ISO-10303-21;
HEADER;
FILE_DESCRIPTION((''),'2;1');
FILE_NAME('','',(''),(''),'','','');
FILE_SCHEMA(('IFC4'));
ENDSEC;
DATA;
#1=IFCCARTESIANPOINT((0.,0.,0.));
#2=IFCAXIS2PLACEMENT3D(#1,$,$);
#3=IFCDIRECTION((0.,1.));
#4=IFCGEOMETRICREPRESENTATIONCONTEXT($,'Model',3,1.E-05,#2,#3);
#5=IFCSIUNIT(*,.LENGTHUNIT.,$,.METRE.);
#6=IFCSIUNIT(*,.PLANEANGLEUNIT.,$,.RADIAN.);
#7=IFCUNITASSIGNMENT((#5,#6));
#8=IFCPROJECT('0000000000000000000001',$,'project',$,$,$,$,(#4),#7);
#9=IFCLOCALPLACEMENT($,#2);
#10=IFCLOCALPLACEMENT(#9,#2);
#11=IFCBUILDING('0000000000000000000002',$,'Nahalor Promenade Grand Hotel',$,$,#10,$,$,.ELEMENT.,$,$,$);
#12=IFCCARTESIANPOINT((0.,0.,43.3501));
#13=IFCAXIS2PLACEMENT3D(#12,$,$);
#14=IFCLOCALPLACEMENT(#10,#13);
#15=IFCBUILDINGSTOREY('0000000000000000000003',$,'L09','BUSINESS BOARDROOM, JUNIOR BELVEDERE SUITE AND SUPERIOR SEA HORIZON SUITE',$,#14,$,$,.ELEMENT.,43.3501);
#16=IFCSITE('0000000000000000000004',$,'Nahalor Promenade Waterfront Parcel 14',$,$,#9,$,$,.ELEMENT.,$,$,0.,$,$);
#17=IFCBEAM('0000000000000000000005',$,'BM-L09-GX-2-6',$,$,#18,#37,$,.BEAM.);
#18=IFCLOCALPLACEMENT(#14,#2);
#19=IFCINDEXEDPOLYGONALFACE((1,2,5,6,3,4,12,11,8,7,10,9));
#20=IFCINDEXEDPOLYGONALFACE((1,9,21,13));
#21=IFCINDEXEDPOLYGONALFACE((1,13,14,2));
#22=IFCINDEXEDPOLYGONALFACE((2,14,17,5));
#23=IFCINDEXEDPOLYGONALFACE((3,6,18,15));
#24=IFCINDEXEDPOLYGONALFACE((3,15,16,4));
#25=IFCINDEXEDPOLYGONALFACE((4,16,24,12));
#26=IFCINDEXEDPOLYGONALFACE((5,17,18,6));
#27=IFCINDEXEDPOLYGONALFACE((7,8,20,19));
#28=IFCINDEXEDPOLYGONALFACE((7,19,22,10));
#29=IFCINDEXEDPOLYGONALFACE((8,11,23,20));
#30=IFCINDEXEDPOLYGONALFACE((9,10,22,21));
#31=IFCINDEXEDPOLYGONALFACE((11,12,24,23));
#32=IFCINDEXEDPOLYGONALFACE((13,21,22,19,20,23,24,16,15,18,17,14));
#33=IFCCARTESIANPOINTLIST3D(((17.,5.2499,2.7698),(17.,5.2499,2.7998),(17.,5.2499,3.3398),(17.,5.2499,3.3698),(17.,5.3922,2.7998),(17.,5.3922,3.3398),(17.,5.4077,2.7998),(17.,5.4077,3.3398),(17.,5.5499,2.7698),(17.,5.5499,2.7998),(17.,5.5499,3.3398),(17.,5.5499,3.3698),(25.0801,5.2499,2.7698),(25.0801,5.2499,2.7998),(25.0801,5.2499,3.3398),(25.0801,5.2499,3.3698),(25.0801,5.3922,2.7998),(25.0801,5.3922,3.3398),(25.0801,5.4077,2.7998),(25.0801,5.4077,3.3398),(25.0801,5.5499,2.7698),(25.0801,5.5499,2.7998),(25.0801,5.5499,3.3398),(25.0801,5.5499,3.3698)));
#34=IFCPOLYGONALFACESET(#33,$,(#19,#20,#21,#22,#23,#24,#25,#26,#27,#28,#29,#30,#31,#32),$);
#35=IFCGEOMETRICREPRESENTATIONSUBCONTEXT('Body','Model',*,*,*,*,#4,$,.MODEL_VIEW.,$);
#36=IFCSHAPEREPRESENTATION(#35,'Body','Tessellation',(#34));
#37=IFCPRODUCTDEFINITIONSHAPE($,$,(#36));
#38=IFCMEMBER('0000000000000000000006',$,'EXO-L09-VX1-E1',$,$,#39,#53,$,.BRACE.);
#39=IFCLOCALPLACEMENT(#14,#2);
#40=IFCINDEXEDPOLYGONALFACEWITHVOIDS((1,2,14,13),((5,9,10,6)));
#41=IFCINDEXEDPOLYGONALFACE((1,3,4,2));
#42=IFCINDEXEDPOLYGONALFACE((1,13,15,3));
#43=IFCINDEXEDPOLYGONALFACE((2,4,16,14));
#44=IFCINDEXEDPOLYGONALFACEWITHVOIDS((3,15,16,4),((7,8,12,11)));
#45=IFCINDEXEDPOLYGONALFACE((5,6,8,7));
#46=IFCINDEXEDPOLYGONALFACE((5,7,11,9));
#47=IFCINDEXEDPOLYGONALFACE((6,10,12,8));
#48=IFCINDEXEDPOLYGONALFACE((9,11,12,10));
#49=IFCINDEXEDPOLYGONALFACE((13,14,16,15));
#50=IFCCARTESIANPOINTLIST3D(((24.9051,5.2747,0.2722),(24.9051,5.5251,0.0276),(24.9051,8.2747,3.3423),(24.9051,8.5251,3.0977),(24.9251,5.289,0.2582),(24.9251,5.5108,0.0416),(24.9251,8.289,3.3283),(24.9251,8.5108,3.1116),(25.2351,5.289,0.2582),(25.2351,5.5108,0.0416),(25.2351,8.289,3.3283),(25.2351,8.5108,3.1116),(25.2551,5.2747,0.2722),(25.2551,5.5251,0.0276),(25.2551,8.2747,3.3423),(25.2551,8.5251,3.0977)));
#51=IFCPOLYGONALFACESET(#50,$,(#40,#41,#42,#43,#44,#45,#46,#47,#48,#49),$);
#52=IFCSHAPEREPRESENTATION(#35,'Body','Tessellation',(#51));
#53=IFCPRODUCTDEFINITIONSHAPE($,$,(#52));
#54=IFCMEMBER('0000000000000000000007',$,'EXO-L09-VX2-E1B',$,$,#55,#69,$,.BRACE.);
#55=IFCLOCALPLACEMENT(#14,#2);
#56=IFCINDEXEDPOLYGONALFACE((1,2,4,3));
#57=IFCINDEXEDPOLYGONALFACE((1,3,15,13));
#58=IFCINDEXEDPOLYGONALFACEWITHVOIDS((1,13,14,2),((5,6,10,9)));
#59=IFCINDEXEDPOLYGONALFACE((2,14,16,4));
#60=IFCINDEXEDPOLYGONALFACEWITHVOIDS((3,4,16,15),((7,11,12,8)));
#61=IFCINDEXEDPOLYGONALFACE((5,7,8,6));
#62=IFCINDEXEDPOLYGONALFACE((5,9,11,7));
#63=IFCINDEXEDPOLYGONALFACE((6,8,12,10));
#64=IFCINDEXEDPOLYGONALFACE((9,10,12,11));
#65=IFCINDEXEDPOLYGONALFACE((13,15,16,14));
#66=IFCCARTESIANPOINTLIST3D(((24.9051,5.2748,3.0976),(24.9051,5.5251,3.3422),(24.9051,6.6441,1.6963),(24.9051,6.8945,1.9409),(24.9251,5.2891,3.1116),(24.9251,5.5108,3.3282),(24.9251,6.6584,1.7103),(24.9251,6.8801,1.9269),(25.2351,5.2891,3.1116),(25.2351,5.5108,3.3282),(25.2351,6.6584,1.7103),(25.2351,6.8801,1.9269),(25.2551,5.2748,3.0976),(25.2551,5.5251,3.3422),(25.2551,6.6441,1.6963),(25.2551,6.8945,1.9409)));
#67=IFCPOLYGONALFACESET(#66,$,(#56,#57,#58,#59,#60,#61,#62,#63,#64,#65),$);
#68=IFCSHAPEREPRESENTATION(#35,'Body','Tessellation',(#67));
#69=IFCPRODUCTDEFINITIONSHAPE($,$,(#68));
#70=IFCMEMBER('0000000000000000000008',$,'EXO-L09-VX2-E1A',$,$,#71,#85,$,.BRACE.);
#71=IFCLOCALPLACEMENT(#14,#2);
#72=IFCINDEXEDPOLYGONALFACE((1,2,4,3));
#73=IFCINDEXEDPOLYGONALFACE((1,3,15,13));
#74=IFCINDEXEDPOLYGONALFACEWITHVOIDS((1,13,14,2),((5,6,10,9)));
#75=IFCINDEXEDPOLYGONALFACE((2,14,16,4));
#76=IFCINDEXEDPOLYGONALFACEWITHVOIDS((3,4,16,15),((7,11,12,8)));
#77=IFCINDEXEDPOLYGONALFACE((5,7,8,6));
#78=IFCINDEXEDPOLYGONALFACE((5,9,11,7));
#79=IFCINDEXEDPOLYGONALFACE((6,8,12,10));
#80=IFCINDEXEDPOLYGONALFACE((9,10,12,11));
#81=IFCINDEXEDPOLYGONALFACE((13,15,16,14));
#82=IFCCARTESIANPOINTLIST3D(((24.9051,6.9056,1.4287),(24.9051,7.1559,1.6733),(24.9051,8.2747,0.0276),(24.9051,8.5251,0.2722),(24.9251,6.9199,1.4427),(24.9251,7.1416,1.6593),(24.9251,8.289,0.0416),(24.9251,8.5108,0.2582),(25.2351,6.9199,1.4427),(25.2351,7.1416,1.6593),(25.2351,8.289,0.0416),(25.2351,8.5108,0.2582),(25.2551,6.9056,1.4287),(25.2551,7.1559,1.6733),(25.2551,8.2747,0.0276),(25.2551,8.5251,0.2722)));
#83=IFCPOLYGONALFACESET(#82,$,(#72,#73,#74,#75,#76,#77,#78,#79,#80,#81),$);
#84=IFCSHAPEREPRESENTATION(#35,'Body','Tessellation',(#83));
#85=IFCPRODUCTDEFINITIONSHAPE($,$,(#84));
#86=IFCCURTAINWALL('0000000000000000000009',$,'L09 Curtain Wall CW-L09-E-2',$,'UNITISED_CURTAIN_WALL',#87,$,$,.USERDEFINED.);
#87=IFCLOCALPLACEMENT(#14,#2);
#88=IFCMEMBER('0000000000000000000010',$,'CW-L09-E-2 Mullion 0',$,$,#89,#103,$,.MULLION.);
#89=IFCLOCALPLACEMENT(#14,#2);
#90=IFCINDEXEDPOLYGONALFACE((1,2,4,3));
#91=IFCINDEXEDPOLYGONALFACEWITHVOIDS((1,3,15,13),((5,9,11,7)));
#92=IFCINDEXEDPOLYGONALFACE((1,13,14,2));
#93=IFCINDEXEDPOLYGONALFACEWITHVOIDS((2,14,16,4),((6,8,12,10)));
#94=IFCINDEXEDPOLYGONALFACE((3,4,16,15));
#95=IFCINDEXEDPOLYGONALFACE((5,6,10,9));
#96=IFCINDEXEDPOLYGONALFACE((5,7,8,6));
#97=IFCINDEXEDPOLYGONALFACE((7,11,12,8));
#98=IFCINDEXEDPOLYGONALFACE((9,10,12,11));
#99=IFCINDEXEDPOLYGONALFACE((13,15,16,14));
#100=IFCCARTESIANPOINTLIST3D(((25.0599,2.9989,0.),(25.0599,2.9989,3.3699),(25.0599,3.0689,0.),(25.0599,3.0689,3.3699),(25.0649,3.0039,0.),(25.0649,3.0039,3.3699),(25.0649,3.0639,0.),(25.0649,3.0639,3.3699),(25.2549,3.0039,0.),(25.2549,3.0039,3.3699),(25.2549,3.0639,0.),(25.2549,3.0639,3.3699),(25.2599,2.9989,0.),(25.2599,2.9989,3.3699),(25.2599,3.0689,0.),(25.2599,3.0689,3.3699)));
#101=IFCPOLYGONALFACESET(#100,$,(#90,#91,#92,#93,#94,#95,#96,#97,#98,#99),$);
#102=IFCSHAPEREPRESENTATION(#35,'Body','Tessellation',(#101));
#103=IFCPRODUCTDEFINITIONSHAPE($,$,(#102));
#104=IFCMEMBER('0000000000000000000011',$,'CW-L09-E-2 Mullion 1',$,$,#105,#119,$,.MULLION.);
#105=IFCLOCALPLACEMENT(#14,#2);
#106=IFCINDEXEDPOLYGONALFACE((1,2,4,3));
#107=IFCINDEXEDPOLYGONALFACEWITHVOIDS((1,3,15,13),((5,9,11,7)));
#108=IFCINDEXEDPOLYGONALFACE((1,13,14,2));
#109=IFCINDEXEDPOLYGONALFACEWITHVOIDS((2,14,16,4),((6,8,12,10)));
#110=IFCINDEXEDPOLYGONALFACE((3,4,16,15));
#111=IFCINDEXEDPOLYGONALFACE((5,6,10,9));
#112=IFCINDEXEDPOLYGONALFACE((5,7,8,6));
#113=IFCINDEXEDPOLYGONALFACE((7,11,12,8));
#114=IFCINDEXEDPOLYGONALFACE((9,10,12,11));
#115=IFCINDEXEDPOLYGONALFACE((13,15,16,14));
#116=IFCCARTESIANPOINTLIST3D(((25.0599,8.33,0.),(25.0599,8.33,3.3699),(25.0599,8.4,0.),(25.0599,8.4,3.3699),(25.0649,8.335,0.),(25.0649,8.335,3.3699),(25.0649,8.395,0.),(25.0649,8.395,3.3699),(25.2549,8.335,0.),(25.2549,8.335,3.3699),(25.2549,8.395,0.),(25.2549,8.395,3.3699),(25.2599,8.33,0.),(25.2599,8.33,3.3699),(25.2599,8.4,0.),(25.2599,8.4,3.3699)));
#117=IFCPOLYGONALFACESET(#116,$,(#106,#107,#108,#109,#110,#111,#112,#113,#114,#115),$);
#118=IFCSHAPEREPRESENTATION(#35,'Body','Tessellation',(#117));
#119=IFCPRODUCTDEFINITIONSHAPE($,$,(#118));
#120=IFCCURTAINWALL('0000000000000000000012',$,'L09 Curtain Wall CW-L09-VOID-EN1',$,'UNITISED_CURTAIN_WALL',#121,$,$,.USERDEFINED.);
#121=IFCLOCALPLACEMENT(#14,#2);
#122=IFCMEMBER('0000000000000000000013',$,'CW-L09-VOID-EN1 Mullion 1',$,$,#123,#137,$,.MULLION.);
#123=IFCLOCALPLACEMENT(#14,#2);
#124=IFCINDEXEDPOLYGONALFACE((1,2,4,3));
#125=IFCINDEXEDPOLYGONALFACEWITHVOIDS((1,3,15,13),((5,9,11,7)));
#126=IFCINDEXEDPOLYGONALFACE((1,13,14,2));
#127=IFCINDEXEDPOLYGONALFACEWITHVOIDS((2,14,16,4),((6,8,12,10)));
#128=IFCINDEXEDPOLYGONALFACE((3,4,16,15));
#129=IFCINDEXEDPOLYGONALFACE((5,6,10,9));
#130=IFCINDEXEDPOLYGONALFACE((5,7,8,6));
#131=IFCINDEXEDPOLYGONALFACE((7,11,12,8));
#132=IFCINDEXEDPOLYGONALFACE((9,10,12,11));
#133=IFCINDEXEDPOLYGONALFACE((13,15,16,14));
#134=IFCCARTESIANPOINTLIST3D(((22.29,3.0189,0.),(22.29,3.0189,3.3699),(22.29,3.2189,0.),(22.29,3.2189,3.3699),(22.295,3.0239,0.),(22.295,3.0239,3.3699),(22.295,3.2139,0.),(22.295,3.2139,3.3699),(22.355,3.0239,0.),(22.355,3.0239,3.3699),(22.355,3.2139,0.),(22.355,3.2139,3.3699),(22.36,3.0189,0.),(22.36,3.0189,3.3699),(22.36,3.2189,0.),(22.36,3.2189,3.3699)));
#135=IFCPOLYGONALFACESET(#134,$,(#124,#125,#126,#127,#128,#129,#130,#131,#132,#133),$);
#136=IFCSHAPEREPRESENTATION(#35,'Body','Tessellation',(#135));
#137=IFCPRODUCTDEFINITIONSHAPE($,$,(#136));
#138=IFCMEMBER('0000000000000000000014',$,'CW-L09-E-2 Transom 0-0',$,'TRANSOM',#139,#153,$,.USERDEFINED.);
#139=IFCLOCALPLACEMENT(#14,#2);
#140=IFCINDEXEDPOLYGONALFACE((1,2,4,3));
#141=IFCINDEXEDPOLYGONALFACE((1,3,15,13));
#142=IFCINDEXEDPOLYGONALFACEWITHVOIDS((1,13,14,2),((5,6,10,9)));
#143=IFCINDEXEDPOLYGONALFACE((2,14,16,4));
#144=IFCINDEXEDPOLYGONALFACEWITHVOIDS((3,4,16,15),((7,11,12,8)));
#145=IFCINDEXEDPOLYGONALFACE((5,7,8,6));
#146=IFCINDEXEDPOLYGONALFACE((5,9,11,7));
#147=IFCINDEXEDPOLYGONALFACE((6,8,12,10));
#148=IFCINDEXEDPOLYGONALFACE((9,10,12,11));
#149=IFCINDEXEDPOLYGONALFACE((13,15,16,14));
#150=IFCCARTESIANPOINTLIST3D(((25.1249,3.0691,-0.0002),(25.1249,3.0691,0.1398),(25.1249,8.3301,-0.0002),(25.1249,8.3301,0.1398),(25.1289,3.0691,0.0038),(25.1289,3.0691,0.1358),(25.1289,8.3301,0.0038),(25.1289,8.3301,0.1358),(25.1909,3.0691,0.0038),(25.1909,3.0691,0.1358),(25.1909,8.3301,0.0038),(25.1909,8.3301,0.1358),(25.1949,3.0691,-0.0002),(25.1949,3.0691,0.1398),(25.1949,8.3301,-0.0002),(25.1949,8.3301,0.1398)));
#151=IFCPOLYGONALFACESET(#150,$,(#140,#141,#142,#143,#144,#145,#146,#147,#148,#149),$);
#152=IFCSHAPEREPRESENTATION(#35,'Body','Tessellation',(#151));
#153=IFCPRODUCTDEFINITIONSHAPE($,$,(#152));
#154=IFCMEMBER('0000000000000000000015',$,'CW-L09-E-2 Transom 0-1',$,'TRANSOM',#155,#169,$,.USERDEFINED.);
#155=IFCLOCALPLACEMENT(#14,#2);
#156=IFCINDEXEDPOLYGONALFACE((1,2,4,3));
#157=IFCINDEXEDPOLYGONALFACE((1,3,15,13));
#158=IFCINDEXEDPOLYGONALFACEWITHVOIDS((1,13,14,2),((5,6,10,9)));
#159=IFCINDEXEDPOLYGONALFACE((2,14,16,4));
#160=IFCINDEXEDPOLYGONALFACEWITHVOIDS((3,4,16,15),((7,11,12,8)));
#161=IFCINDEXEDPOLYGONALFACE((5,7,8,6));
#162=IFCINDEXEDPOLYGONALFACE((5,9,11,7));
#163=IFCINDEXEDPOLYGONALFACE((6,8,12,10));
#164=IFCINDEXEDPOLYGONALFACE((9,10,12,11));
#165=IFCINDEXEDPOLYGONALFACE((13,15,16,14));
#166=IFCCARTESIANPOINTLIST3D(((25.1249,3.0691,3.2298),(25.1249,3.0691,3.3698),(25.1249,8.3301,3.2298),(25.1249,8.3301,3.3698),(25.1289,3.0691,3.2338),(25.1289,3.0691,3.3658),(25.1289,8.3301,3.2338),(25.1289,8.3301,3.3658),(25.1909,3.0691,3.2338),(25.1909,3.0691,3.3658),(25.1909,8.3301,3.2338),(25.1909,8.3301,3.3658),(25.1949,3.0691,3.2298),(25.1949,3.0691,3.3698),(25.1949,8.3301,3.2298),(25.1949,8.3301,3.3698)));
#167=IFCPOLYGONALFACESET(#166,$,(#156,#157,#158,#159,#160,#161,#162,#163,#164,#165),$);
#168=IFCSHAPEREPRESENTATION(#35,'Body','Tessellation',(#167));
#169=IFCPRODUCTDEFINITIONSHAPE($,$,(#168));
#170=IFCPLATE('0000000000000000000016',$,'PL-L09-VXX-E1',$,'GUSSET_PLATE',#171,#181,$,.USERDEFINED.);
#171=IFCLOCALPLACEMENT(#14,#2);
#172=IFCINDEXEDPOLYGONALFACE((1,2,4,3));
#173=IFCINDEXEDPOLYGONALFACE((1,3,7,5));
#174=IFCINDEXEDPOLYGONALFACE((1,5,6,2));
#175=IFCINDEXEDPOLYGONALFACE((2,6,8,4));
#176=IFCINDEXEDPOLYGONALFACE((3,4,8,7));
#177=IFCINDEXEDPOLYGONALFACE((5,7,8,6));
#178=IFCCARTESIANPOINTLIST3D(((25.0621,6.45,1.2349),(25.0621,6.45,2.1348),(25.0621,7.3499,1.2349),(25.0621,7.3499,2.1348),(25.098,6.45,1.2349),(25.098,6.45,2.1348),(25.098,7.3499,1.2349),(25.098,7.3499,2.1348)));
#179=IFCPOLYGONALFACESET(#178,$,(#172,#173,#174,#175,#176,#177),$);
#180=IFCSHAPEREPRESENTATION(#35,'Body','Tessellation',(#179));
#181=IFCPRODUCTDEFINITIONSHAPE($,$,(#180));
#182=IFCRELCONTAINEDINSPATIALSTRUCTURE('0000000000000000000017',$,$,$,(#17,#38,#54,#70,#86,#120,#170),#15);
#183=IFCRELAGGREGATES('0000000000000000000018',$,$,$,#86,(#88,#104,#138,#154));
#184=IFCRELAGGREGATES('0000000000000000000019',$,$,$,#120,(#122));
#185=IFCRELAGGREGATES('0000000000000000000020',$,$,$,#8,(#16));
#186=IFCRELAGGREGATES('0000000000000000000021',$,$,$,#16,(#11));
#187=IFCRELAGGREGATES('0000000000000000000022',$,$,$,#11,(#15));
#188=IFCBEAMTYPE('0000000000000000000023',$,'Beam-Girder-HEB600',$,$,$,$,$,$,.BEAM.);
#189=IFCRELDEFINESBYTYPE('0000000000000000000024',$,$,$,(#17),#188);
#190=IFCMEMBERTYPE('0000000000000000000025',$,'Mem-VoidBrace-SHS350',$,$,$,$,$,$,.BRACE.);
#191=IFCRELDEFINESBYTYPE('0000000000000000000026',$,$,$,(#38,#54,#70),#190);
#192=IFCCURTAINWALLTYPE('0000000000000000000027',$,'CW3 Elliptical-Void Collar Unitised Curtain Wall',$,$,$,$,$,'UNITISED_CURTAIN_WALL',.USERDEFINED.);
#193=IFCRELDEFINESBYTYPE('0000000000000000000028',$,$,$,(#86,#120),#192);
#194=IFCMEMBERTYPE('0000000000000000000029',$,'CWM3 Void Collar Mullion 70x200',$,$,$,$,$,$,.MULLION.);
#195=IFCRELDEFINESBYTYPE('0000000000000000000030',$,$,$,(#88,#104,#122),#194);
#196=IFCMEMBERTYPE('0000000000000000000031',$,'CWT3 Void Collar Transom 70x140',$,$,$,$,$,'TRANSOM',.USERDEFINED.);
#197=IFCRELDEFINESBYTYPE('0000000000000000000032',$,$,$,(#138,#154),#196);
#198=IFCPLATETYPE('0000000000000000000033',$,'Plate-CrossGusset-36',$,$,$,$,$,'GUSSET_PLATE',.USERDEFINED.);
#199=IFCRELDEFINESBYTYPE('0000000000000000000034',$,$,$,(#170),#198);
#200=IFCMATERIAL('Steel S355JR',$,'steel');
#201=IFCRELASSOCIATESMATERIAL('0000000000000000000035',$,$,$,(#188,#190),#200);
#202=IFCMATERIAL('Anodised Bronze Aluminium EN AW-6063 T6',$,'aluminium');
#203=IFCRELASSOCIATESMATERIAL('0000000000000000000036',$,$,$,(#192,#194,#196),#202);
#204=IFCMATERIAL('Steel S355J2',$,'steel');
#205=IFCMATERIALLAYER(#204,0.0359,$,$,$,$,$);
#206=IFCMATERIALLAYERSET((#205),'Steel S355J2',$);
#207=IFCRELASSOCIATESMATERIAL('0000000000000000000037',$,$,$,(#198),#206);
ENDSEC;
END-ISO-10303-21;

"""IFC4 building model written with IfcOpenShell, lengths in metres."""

from ifc_helpers import new_model, si_unit, direction, frame, origin, origin_2d, place, context, subcontext, project, spatial, rectangle, hollow_rectangle, i_section, extrude, source, transform, mapped, material, layer, layer_set, material_profile, profile_set, type_object, element, aggregate, save


model = new_model("IFC4")

# Units and contexts
model_context = context("Model", 3, precision=1e-05, world=origin(), true_north=direction((0.0, 1.0)))
body_context = subcontext(model_context, "Body", "Model", "MODEL_VIEW")
ifc_project = project(units=[si_unit("LENGTHUNIT", "METRE"), si_unit("PLANEANGLEUNIT", "RADIAN")], contexts=[model_context])

# Site, building, storey
site_placement = place(None, origin())
site = spatial("IfcSite", under=ifc_project, at=site_placement, Name="Nahalor Promenade Waterfront Parcel 14", CompositionType="ELEMENT", RefElevation=0.0)
building_placement = place(site_placement, origin())
building = spatial("IfcBuilding", under=site, at=building_placement, Name="Nahalor Promenade Grand Hotel", CompositionType="ELEMENT")
storey_placement = place(building_placement, frame((0.0, 0.0, 43.3501)))
storey = spatial("IfcBuildingStorey", under=building, at=storey_placement, Name="L09", Description="BUSINESS BOARDROOM, JUNIOR BELVEDERE SUITE AND SUPERIOR SEA HORIZON SUITE", CompositionType="ELEMENT", Elevation=43.3501)

# Shared definitions
ifc_material_1 = material(Name="Steel S355J2", Category="steel")

# Beam
ifc_material_2 = material(Name="Steel S355JR", Category="steel")
ifc_material_profile_1 = material_profile(ifc_material_2, i_section(OverallWidth=0.3, OverallDepth=0.6, WebThickness=0.0155, FlangeThickness=0.03, at=origin_2d()), Name="HEB 600")
ifc_profile_set_1 = profile_set([ifc_material_profile_1], Name="Steel S355JR")
beam_type_1 = type_object("IfcBeamType", Name="Beam-Girder-HEB600", PredefinedType="BEAM", material=ifc_profile_set_1)
shared_shape_1 = source(origin(), body_context, "Body", "SweptSolid", [
    extrude(i_section(OverallWidth=0.3, OverallDepth=0.6, WebThickness=0.0155, FlangeThickness=0.03, at=origin_2d()), origin(), (0.0, 0.0, 1.0), 8.0801),
])
beam_1_placement = place(storey_placement, frame((17.0, 5.3999, 3.0698), z_axis=(1.0, 0.0, 0.0), x_axis=(0.0, 1.0, 0.0)))
element("IfcBeam", 1, at=beam_1_placement, inside=storey, type_object=beam_type_1, Name="BM-L09-GX-2-6", PredefinedType="BEAM", context=body_context, shape_type="MappedRepresentation", body=[
    mapped(shared_shape_1, transform((0.0, 0.0, 0.0), scale=1.0)),
])

# Members
ifc_material_profile_2 = material_profile(ifc_material_2, hollow_rectangle(XDim=0.35, YDim=0.35, WallThickness=0.02, at=origin_2d()), Name="SHS 350x350x20")
ifc_profile_set_2 = profile_set([ifc_material_profile_2], Name="Steel S355JR")
member_type_1 = type_object("IfcMemberType", Name="Mem-VoidBrace-SHS350", PredefinedType="BRACE", material=ifc_profile_set_2)
shared_shape_2 = source(origin(), body_context, "Body", "SweptSolid", [
    extrude(hollow_rectangle(XDim=0.35, YDim=0.35, WallThickness=0.02, at=origin_2d()), origin(), (0.0, 0.0, 1.0), 4.2925),
])
member_1_placement = place(storey_placement, frame((25.0801, 5.3999, 0.1499), z_axis=(0.0, 0.698898, 0.715221), x_axis=(-1.0, 0.0, 0.0)))
element("IfcMember", 2, at=member_1_placement, inside=storey, type_object=member_type_1, Name="EXO-L09-VX1-E1", PredefinedType="BRACE", context=body_context, shape_type="MappedRepresentation", body=[
    mapped(shared_shape_2, transform((0.0, 0.0, 0.0), scale=1.0)),
])
shared_shape_3 = source(origin(), body_context, "Body", "SweptSolid", [
    extrude(hollow_rectangle(XDim=0.35, YDim=0.35, WallThickness=0.02, at=origin_2d()), origin(), (0.0, 0.0, 1.0), 1.9592),
])
member_2_placement = place(storey_placement, frame((25.0801, 6.7693, 1.8186), z_axis=(0.0, -0.698898, 0.715221), x_axis=(1.0, 0.0, 0.0)))
element("IfcMember", 3, at=member_2_placement, inside=storey, type_object=member_type_1, Name="EXO-L09-VX2-E1B", PredefinedType="BRACE", context=body_context, shape_type="MappedRepresentation", body=[
    mapped(shared_shape_3, transform((0.0, 0.0, 0.0), scale=1.0)),
])
shared_shape_4 = source(origin(), body_context, "Body", "SweptSolid", [
    extrude(hollow_rectangle(XDim=0.35, YDim=0.35, WallThickness=0.02, at=origin_2d()), origin(), (0.0, 0.0, 1.0), 1.959),
])
member_3_placement = place(storey_placement, frame((25.0801, 8.3999, 0.1499), z_axis=(0.0, -0.698897, 0.715223), x_axis=(1.0, 0.0, 0.0)))
element("IfcMember", 4, at=member_3_placement, inside=storey, type_object=member_type_1, Name="EXO-L09-VX2-E1A", PredefinedType="BRACE", context=body_context, shape_type="MappedRepresentation", body=[
    mapped(shared_shape_4, transform((0.0, 0.0, 0.0), scale=1.0)),
])

# Curtain wall, members
ifc_material_3 = material(Name="Anodised Bronze Aluminium EN AW-6063 T6", Category="aluminium")
curtain_wall_type = type_object("IfcCurtainWallType", Name="CW3 Elliptical-Void Collar Unitised Curtain Wall", ElementType="UNITISED_CURTAIN_WALL", PredefinedType="USERDEFINED", material=ifc_material_3)
curtain_wall_1_placement = place(storey_placement, origin())
curtain_wall_1 = element("IfcCurtainWall", 5, at=curtain_wall_1_placement, inside=storey, type_object=curtain_wall_type, Name="L09 Curtain Wall CW-L09-E-2", ObjectType="UNITISED_CURTAIN_WALL", PredefinedType="USERDEFINED")
ifc_material_profile_3 = material_profile(ifc_material_3, hollow_rectangle(XDim=0.07, YDim=0.2, WallThickness=0.005, at=origin_2d()), Name="CWM 70x200x5")
ifc_profile_set_3 = profile_set([ifc_material_profile_3], Name="Anodised Bronze Aluminium EN AW-6063 T6")
member_type_2 = type_object("IfcMemberType", Name="CWM3 Void Collar Mullion 70x200", PredefinedType="MULLION", material=ifc_profile_set_3)
shared_shape_5 = source(origin(), body_context, "Body", "SweptSolid", [
    extrude(hollow_rectangle(XDim=0.07, YDim=0.2, WallThickness=0.005, at=origin_2d()), origin(), (0.0, 0.0, 1.0), 3.3699),
])
member_4_placement = place(storey_placement, frame((25.1599, 3.0339, 0.0), z_axis=(0.0, 0.0, 1.0), x_axis=(0.0, 1.0, 0.0)))
member_4 = element("IfcMember", 6, at=member_4_placement, type_object=member_type_2, Name="CW-L09-E-2 Mullion 0", PredefinedType="MULLION", context=body_context, shape_type="MappedRepresentation", body=[
    mapped(shared_shape_5, transform((0.0, 0.0, 0.0), scale=1.0)),
])
member_5_placement = place(storey_placement, frame((25.1599, 8.365, 0.0), z_axis=(0.0, 0.0, 1.0), x_axis=(0.0, 1.0, 0.0)))
member_5 = element("IfcMember", 7, at=member_5_placement, type_object=member_type_2, Name="CW-L09-E-2 Mullion 1", PredefinedType="MULLION", context=body_context, shape_type="MappedRepresentation", body=[
    mapped(shared_shape_5, transform((0.0, 0.0, 0.0), scale=1.0)),
])

# Curtain wall, member
curtain_wall_2_placement = place(storey_placement, origin())
curtain_wall_2 = element("IfcCurtainWall", 8, at=curtain_wall_2_placement, inside=storey, type_object=curtain_wall_type, Name="L09 Curtain Wall CW-L09-VOID-EN1", ObjectType="UNITISED_CURTAIN_WALL", PredefinedType="USERDEFINED")
member_6_placement = place(storey_placement, frame((22.325, 3.1189, 0.0), z_axis=(0.0, 0.0, 1.0), x_axis=(1.0, 0.0, 0.0)))
member_6 = element("IfcMember", 9, at=member_6_placement, type_object=member_type_2, Name="CW-L09-VOID-EN1 Mullion 1", PredefinedType="MULLION", context=body_context, shape_type="MappedRepresentation", body=[
    mapped(shared_shape_5, transform((0.0, 0.0, 0.0), scale=1.0)),
])

# Members
ifc_material_profile_4 = material_profile(ifc_material_3, hollow_rectangle(XDim=0.07, YDim=0.14, WallThickness=0.004, at=origin_2d()), Name="CWT 70x140x4")
ifc_profile_set_4 = profile_set([ifc_material_profile_4], Name="Anodised Bronze Aluminium EN AW-6063 T6")
member_type_3 = type_object("IfcMemberType", Name="CWT3 Void Collar Transom 70x140", ElementType="TRANSOM", PredefinedType="USERDEFINED", material=ifc_profile_set_4)
shared_shape_6 = source(origin(), body_context, "Body", "SweptSolid", [
    extrude(hollow_rectangle(XDim=0.07, YDim=0.14, WallThickness=0.004, at=origin_2d()), origin(), (0.0, 0.0, 1.0), 5.261),
])
member_7_placement = place(storey_placement, frame((25.1599, 3.0691, 0.0698), z_axis=(0.0, 1.0, 0.0), x_axis=(-1.0, 0.0, 0.0)))
member_7 = element("IfcMember", 10, at=member_7_placement, type_object=member_type_3, Name="CW-L09-E-2 Transom 0-0", ObjectType="TRANSOM", PredefinedType="USERDEFINED", context=body_context, shape_type="MappedRepresentation", body=[
    mapped(shared_shape_6, transform((0.0, 0.0, 0.0), scale=1.0)),
])
member_8_placement = place(storey_placement, frame((25.1599, 3.0691, 3.2998), z_axis=(0.0, 1.0, 0.0), x_axis=(-1.0, 0.0, 0.0)))
member_8 = element("IfcMember", 11, at=member_8_placement, type_object=member_type_3, Name="CW-L09-E-2 Transom 0-1", ObjectType="TRANSOM", PredefinedType="USERDEFINED", context=body_context, shape_type="MappedRepresentation", body=[
    mapped(shared_shape_6, transform((0.0, 0.0, 0.0), scale=1.0)),
])

# Plate
aggregate(curtain_wall_1, [member_4, member_5, member_7, member_8])
ifc_layer_1 = layer(ifc_material_1, 0.0359)
ifc_layer_set_1 = layer_set([ifc_layer_1], Name="Steel S355J2")
plate_type_1 = type_object("IfcPlateType", Name="Plate-CrossGusset-36", ElementType="GUSSET_PLATE", PredefinedType="USERDEFINED", material=ifc_layer_set_1)
shared_shape_7 = source(origin(), body_context, "Body", "SweptSolid", [
    extrude(rectangle(XDim=0.8999, YDim=0.0359, at=origin_2d()), origin(), (0.0, 0.0, 1.0), 0.8999),
])
plate_1_placement = place(storey_placement, frame((25.0801, 6.8999, 1.2349), z_axis=(0.0, 0.0, 1.0), x_axis=(0.0, 1.0, 0.0)))
element("IfcPlate", 12, at=plate_1_placement, inside=storey, type_object=plate_type_1, Name="PL-L09-VXX-E1", ObjectType="GUSSET_PLATE", PredefinedType="USERDEFINED", context=body_context, shape_type="MappedRepresentation", body=[
    mapped(shared_shape_7, transform((0.0, 0.0, 0.0), scale=1.0)),
])
aggregate(curtain_wall_2, [member_6])

save(model, "model.ifc")
